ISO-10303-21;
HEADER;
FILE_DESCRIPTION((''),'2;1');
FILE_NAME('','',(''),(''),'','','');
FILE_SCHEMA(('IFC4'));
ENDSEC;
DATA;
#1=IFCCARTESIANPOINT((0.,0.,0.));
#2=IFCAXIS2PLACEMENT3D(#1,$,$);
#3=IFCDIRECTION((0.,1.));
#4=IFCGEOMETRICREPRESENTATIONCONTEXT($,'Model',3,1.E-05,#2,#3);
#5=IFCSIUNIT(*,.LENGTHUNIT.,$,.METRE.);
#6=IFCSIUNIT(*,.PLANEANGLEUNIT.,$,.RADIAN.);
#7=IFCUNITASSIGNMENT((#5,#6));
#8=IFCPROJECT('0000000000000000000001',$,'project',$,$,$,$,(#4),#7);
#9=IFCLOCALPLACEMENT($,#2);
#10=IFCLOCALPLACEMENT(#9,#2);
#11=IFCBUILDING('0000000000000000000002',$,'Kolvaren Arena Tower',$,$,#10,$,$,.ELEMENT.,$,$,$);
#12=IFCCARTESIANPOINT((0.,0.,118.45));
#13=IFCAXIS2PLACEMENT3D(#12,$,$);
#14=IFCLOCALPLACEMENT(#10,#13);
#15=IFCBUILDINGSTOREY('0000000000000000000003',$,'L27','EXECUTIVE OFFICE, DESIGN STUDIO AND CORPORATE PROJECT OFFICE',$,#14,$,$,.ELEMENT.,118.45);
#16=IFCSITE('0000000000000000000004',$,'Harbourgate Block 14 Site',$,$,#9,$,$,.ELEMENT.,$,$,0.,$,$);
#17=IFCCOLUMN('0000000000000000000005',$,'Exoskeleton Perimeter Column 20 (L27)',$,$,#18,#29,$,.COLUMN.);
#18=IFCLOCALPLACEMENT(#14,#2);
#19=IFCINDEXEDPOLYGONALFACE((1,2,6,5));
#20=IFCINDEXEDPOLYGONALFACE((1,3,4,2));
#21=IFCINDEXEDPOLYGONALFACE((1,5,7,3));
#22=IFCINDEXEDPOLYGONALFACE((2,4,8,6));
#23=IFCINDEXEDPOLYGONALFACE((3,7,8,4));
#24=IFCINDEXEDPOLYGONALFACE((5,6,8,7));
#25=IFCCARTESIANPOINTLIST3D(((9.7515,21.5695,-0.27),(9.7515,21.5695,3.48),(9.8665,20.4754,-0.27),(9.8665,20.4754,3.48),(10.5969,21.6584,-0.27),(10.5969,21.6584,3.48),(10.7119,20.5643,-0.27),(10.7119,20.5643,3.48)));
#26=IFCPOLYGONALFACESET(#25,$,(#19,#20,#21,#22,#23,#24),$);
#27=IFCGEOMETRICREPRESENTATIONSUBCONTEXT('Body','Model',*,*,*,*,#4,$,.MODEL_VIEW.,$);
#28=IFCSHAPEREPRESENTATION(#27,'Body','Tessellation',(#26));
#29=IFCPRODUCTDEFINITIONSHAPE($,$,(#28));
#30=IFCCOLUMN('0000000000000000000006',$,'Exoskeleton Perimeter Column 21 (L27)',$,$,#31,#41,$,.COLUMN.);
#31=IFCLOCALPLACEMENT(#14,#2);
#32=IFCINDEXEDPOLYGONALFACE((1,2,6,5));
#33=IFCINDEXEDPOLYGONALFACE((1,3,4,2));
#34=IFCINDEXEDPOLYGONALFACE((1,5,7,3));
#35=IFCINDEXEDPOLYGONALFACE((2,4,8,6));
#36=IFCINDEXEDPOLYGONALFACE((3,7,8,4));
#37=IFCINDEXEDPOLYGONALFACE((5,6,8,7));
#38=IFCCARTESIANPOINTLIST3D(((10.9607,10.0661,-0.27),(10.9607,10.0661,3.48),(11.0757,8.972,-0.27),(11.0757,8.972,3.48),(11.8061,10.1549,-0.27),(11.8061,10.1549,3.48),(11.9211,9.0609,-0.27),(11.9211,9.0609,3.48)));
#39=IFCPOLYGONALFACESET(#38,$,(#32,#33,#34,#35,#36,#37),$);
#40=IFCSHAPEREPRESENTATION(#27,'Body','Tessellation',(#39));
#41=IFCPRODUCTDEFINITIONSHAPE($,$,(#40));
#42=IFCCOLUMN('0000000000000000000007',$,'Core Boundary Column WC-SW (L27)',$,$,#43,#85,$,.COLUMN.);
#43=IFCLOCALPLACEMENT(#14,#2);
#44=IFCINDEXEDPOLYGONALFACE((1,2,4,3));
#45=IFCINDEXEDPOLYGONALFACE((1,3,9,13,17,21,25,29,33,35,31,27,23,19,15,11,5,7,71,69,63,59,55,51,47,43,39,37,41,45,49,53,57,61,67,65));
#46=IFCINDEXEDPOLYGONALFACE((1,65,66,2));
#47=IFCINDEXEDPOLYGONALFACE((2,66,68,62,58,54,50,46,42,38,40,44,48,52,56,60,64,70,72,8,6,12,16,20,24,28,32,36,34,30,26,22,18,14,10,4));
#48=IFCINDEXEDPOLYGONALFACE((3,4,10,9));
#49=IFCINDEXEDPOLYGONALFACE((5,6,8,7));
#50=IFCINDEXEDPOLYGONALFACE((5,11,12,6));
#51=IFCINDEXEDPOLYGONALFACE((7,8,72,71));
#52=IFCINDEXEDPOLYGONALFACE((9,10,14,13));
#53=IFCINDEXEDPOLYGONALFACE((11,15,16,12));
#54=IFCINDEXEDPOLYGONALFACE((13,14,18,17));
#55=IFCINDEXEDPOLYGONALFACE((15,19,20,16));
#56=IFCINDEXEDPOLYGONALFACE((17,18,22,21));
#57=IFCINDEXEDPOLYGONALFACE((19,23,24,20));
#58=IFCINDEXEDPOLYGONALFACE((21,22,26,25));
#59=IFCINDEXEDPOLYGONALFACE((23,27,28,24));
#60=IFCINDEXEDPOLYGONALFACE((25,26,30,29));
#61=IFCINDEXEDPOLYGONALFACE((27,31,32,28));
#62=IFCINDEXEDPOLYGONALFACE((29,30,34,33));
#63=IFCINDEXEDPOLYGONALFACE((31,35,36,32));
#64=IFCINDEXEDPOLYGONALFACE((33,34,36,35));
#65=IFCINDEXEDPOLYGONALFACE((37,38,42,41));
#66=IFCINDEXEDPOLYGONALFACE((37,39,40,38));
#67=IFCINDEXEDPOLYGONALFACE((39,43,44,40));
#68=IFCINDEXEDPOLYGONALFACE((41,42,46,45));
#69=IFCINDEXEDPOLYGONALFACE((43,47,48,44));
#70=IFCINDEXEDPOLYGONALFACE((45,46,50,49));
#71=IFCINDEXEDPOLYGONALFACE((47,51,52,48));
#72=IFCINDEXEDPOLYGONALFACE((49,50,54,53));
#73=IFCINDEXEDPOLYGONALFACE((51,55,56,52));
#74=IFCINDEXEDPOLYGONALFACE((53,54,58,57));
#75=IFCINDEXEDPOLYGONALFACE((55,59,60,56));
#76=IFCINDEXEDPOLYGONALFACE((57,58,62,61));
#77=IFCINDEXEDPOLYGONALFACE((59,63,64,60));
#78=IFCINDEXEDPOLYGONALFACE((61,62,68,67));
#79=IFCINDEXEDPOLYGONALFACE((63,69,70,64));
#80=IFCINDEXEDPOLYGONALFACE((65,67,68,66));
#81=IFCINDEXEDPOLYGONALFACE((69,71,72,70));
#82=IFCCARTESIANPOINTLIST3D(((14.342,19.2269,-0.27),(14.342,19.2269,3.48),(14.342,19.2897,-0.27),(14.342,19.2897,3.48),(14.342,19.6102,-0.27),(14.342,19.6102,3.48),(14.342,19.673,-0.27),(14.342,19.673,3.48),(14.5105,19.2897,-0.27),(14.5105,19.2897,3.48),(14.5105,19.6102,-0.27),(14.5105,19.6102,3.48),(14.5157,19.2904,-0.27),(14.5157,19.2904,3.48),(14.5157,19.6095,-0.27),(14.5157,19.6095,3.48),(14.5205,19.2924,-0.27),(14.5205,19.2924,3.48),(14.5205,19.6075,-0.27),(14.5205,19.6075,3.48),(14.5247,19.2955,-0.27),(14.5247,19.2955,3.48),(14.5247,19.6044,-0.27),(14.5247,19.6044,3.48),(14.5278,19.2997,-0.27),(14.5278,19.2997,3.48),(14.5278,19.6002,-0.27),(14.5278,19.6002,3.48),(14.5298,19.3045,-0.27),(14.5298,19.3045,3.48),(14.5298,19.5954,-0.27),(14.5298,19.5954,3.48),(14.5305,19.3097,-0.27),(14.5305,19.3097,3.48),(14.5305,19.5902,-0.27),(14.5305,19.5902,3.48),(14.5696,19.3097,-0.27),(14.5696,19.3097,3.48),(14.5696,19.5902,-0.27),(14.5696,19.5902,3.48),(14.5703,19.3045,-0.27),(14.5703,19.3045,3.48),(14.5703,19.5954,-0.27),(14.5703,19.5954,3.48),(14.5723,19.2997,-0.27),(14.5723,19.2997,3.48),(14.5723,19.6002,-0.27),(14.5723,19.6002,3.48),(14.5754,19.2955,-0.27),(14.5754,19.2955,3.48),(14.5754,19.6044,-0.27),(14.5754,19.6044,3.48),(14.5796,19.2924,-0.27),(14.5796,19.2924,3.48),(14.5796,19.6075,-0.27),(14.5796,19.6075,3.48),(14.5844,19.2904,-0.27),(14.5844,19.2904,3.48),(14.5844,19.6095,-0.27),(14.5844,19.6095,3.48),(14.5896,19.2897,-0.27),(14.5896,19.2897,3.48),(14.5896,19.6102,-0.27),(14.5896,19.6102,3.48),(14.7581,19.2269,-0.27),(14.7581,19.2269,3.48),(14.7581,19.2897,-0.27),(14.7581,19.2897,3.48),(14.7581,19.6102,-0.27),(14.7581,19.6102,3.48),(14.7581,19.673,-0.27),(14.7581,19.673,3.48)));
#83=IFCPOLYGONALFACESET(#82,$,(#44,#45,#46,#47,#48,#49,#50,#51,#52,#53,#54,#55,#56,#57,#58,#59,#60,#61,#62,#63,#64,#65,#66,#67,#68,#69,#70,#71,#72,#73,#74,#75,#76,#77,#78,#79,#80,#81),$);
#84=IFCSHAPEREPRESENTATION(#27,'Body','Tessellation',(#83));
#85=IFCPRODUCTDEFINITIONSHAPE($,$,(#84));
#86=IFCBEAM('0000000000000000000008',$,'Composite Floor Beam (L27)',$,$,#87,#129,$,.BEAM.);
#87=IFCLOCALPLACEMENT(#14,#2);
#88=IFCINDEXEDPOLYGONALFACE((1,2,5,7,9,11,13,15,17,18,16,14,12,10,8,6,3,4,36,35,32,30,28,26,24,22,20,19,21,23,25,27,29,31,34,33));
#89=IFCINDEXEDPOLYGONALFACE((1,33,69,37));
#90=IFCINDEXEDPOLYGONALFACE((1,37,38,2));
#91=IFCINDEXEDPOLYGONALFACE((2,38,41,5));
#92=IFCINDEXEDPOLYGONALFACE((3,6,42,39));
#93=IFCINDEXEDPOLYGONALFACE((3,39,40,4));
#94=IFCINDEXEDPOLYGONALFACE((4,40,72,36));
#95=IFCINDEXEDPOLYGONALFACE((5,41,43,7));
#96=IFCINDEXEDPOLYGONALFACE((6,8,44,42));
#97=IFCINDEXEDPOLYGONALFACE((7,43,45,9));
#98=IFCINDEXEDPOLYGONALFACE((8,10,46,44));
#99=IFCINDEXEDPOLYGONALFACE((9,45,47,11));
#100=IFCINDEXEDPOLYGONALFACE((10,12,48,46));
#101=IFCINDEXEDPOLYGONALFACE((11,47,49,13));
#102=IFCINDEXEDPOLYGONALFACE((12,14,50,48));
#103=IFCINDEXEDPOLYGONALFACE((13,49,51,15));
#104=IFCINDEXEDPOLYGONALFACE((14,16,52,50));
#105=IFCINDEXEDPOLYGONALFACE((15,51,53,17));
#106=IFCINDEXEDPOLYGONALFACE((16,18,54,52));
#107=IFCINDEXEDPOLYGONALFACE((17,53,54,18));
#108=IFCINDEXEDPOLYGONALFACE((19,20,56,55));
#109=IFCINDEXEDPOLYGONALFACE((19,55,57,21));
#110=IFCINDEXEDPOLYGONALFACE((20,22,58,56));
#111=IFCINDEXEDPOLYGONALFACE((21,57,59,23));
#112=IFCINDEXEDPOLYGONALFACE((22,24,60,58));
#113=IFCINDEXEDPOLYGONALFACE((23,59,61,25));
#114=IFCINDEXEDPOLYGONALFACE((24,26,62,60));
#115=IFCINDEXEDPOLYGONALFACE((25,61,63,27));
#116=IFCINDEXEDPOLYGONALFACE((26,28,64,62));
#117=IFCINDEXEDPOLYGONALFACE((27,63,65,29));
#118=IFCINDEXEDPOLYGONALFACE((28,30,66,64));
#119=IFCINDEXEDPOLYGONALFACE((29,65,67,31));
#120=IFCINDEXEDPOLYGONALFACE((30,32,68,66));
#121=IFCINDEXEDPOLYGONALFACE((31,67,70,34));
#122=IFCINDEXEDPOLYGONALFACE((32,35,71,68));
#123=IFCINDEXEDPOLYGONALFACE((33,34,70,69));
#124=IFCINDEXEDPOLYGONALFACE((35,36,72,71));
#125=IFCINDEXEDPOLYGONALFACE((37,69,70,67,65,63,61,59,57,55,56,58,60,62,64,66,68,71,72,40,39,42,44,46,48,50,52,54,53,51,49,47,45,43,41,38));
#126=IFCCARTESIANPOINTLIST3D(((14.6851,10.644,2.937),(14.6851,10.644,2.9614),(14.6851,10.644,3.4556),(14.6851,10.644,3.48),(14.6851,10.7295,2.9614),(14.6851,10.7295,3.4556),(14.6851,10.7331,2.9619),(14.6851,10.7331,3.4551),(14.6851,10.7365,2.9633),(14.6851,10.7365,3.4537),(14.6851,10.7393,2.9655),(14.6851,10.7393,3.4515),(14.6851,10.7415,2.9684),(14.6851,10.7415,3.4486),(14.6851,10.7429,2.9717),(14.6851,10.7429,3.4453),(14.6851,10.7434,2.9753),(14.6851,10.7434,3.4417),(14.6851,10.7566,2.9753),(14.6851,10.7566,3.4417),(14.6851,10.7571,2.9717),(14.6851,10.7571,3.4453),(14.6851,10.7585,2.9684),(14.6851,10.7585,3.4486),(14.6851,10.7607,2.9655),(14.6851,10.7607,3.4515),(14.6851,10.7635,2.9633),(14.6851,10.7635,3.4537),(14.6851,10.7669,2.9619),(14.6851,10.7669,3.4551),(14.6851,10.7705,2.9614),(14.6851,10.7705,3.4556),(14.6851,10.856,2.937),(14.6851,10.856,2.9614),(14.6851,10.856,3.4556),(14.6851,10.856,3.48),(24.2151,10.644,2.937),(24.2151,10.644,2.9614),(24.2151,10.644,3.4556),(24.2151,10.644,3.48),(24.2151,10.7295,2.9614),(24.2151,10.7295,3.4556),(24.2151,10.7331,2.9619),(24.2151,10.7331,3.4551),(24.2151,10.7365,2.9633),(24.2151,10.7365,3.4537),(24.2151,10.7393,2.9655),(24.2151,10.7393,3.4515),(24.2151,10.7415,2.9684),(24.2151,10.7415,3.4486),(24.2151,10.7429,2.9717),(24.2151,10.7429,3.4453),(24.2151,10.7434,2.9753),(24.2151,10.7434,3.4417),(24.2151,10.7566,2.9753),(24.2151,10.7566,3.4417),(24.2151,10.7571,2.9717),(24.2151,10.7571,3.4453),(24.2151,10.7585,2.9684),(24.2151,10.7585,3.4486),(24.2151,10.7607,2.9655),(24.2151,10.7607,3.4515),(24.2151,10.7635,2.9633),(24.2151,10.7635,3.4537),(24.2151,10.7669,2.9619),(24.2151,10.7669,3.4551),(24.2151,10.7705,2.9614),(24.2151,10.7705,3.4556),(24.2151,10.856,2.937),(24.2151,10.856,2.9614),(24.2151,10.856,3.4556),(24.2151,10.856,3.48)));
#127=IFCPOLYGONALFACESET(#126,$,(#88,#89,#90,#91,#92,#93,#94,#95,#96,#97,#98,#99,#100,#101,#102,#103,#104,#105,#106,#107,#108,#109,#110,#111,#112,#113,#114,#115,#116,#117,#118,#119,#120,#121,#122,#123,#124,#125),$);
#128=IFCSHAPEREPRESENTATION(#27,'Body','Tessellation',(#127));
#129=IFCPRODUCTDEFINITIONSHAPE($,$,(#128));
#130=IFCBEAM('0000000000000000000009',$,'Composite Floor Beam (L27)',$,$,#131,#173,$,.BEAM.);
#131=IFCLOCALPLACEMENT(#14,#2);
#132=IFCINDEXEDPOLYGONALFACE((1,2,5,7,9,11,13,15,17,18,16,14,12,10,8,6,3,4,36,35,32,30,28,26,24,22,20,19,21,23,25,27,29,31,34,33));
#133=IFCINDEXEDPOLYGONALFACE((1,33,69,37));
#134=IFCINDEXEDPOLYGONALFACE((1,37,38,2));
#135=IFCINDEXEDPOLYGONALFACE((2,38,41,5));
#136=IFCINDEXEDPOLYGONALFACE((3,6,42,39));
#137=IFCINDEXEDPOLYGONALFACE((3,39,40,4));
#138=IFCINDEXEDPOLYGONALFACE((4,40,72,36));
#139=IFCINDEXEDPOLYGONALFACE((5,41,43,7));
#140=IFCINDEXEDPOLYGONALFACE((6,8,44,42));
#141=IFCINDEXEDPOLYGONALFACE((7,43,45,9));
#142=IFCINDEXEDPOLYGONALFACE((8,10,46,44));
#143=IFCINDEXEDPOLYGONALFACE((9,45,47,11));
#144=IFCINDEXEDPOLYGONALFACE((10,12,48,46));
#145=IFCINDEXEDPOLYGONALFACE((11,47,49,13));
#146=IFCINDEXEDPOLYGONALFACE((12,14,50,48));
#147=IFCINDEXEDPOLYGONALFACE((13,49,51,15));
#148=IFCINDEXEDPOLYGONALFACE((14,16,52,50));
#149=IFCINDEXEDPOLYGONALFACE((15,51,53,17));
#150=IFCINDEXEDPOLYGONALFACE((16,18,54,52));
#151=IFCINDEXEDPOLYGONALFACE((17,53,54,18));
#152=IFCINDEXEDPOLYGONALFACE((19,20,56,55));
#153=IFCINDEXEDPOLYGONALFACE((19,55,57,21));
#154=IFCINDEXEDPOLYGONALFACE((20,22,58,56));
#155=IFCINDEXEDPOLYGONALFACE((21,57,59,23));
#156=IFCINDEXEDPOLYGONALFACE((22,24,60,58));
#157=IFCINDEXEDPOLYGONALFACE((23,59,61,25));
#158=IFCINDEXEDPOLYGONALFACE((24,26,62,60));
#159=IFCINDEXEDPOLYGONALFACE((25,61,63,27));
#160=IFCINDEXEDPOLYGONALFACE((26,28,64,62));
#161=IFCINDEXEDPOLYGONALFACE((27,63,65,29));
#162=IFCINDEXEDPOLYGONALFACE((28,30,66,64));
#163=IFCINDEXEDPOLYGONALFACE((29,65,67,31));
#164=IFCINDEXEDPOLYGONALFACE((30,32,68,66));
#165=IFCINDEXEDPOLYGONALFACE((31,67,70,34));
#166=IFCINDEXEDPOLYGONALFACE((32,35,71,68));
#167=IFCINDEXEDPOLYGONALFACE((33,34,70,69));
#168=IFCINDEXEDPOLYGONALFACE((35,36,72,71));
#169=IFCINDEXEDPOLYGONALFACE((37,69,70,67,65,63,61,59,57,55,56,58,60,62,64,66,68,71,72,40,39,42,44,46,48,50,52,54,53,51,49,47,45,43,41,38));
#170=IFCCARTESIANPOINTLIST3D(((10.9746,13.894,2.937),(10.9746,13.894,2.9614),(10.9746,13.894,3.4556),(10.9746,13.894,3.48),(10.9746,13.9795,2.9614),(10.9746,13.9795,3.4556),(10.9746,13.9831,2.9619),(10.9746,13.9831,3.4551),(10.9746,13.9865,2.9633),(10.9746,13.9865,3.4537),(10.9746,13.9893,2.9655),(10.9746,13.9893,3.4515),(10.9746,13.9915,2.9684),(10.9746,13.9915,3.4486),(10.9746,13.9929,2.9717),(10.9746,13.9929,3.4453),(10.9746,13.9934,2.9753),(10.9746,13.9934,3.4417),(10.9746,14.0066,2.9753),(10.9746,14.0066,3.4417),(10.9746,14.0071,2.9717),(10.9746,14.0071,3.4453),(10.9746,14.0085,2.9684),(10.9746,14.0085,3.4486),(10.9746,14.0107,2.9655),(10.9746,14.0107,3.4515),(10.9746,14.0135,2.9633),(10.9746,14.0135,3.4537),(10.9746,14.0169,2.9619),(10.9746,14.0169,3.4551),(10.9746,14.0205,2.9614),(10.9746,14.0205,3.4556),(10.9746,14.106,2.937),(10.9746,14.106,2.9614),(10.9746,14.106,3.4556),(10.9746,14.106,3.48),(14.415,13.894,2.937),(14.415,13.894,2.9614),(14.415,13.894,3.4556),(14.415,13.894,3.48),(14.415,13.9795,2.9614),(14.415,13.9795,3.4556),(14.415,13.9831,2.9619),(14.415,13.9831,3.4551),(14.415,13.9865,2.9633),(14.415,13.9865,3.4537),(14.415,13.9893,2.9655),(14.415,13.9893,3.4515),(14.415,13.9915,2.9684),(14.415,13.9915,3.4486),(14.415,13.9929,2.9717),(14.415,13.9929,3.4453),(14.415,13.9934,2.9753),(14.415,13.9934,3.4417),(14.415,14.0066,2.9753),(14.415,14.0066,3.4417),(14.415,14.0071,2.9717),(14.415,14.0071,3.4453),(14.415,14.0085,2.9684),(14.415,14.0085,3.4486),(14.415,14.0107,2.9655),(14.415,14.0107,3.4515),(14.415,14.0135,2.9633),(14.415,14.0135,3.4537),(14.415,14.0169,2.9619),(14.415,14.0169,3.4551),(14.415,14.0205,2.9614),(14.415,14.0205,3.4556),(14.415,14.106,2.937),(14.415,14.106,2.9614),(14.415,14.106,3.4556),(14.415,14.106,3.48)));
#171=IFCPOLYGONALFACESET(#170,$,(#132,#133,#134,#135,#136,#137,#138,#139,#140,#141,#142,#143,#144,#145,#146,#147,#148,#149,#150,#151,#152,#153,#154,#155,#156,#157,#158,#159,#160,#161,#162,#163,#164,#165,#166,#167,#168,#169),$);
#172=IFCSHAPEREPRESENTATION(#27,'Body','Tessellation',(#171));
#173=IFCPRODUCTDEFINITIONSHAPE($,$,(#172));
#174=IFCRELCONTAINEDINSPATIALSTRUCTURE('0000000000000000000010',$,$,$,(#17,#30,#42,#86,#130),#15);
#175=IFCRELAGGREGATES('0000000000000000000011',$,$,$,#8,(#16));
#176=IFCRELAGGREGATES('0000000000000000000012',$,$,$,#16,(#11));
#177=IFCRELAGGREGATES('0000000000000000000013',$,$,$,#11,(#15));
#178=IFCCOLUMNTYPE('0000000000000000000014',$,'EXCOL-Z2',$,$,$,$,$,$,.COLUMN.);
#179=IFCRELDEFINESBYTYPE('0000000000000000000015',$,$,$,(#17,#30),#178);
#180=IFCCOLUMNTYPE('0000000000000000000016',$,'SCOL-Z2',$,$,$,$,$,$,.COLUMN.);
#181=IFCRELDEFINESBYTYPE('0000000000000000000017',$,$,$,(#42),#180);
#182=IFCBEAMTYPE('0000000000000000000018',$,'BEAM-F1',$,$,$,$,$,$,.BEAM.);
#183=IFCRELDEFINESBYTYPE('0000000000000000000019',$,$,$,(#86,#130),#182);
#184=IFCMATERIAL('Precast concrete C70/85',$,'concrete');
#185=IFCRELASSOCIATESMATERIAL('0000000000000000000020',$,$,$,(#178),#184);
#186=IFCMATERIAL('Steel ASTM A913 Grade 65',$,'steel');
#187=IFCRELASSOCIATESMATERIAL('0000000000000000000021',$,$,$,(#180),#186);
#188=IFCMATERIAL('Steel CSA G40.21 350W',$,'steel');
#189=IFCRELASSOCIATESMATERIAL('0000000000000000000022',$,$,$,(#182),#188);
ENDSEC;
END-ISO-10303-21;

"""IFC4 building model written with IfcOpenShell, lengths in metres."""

from ifc_helpers import new_model, si_unit, direction, frame, origin, origin_2d, place, context, subcontext, project, spatial, rectangle, i_section, extrude, material, material_profile, profile_set, type_object, element, save


model = new_model("IFC4")

# Units and contexts
model_context = context("Model", 3, precision=1e-05, world=origin(), true_north=direction((0.0, 1.0)))
body_context = subcontext(model_context, "Body", "Model", "MODEL_VIEW")
ifc_project = project(units=[si_unit("LENGTHUNIT", "METRE"), si_unit("PLANEANGLEUNIT", "RADIAN")], contexts=[model_context])

# Site, building, storey
site_placement = place(None, origin())
site = spatial("IfcSite", under=ifc_project, at=site_placement, Name="Harbourgate Block 14 Site", CompositionType="ELEMENT", RefElevation=0.0)
building_placement = place(site_placement, origin())
building = spatial("IfcBuilding", under=site, at=building_placement, Name="Kolvaren Arena Tower", CompositionType="ELEMENT")
storey_placement = place(building_placement, frame((0.0, 0.0, 118.45)))
storey = spatial("IfcBuildingStorey", under=building, at=storey_placement, Name="L27", Description="EXECUTIVE OFFICE, DESIGN STUDIO AND CORPORATE PROJECT OFFICE", CompositionType="ELEMENT", Elevation=118.45)

# Columns
ifc_material_1 = material(Name="Precast concrete C70/85", Category="concrete")
ifc_material_profile_1 = material_profile(ifc_material_1, rectangle(XDim=1.1001, YDim=0.8501, at=origin_2d()), Name="RC-1100x850")
ifc_profile_set_1 = profile_set([ifc_material_profile_1], Name="Precast concrete C70/85")
column_type_1 = type_object("IfcColumnType", Name="EXCOL-Z2", PredefinedType="COLUMN", material=ifc_profile_set_1)
for number, where, z_axis, x_axis, name in (
    (1, (10.2317, 21.0669, -0.27), (0.0, 0.0, 1.0), (-0.104528, 0.994522, 0.0), "Exoskeleton Perimeter Column 20 (L27)"),
    (2, (11.4409, 9.5635, -0.27), (0.0, 0.0, 1.0), (-0.104528, 0.994522, 0.0), "Exoskeleton Perimeter Column 21 (L27)"),
):
    element("IfcColumn", number, at=place(storey_placement, frame(where, z_axis=z_axis, x_axis=x_axis)), inside=storey, type_object=column_type_1, Name=name, PredefinedType="COLUMN", context=body_context, shape_type="SweptSolid", body=[
        extrude(rectangle(XDim=1.1001, YDim=0.8501, at=origin_2d()), origin(), (0.0, 0.0, 1.0), 3.75),
    ])
ifc_material_2 = material(Name="Steel ASTM A913 Grade 65", Category="steel")
ifc_material_profile_2 = material_profile(ifc_material_2, i_section(OverallWidth=0.416, OverallDepth=0.446, WebThickness=0.0391, FlangeThickness=0.0627, FilletRadius=0.02, at=origin_2d()), Name="W360x509")
ifc_profile_set_2 = profile_set([ifc_material_profile_2], Name="Steel ASTM A913 Grade 65")
column_type_2 = type_object("IfcColumnType", Name="SCOL-Z2", PredefinedType="COLUMN", material=ifc_profile_set_2)
column_placement = place(storey_placement, frame((14.55, 19.45, -0.27), z_axis=(0.0, 0.0, 1.0), x_axis=(1.0, 0.0, 0.0)))
element("IfcColumn", 3, at=column_placement, inside=storey, type_object=column_type_2, Name="Core Boundary Column WC-SW (L27)", PredefinedType="COLUMN", context=body_context, shape_type="SweptSolid", body=[
    extrude(i_section(OverallWidth=0.416, OverallDepth=0.446, WebThickness=0.0391, FlangeThickness=0.0627, FilletRadius=0.02, at=origin_2d()), origin(), (0.0, 0.0, 1.0), 3.75),
])

# Beams
ifc_material_3 = material(Name="Steel CSA G40.21 350W", Category="steel")
ifc_material_profile_3 = material_profile(ifc_material_3, i_section(OverallWidth=0.2119, OverallDepth=0.543, WebThickness=0.0132, FlangeThickness=0.0244, FilletRadius=0.0139, at=origin_2d()), Name="W530x150")
ifc_profile_set_3 = profile_set([ifc_material_profile_3], Name="Steel CSA G40.21 350W")
beam_type_1 = type_object("IfcBeamType", Name="BEAM-F1", PredefinedType="BEAM", material=ifc_profile_set_3)
beam_1_placement = place(storey_placement, frame((14.6851, 10.75, 3.2085), z_axis=(1.0, 0.0, 0.0), x_axis=(0.0, 1.0, 0.0)))
element("IfcBeam", 4, at=beam_1_placement, inside=storey, type_object=beam_type_1, Name="Composite Floor Beam (L27)", PredefinedType="BEAM", context=body_context, shape_type="SweptSolid", body=[
    extrude(i_section(OverallWidth=0.2119, OverallDepth=0.543, WebThickness=0.0132, FlangeThickness=0.0244, FilletRadius=0.0139, at=origin_2d()), origin(), (0.0, 0.0, 1.0), 9.53),
])
beam_2_placement = place(storey_placement, frame((10.9746, 14.0, 3.2085), z_axis=(1.0, 0.0, 0.0), x_axis=(0.0, 1.0, 0.0)))
element("IfcBeam", 5, at=beam_2_placement, inside=storey, type_object=beam_type_1, Name="Composite Floor Beam (L27)", PredefinedType="BEAM", context=body_context, shape_type="SweptSolid", body=[
    extrude(i_section(OverallWidth=0.2119, OverallDepth=0.543, WebThickness=0.0132, FlangeThickness=0.0244, FilletRadius=0.0139, at=origin_2d()), origin(), (0.0, 0.0, 1.0), 3.4404),
])

save(model, "model.ifc")
